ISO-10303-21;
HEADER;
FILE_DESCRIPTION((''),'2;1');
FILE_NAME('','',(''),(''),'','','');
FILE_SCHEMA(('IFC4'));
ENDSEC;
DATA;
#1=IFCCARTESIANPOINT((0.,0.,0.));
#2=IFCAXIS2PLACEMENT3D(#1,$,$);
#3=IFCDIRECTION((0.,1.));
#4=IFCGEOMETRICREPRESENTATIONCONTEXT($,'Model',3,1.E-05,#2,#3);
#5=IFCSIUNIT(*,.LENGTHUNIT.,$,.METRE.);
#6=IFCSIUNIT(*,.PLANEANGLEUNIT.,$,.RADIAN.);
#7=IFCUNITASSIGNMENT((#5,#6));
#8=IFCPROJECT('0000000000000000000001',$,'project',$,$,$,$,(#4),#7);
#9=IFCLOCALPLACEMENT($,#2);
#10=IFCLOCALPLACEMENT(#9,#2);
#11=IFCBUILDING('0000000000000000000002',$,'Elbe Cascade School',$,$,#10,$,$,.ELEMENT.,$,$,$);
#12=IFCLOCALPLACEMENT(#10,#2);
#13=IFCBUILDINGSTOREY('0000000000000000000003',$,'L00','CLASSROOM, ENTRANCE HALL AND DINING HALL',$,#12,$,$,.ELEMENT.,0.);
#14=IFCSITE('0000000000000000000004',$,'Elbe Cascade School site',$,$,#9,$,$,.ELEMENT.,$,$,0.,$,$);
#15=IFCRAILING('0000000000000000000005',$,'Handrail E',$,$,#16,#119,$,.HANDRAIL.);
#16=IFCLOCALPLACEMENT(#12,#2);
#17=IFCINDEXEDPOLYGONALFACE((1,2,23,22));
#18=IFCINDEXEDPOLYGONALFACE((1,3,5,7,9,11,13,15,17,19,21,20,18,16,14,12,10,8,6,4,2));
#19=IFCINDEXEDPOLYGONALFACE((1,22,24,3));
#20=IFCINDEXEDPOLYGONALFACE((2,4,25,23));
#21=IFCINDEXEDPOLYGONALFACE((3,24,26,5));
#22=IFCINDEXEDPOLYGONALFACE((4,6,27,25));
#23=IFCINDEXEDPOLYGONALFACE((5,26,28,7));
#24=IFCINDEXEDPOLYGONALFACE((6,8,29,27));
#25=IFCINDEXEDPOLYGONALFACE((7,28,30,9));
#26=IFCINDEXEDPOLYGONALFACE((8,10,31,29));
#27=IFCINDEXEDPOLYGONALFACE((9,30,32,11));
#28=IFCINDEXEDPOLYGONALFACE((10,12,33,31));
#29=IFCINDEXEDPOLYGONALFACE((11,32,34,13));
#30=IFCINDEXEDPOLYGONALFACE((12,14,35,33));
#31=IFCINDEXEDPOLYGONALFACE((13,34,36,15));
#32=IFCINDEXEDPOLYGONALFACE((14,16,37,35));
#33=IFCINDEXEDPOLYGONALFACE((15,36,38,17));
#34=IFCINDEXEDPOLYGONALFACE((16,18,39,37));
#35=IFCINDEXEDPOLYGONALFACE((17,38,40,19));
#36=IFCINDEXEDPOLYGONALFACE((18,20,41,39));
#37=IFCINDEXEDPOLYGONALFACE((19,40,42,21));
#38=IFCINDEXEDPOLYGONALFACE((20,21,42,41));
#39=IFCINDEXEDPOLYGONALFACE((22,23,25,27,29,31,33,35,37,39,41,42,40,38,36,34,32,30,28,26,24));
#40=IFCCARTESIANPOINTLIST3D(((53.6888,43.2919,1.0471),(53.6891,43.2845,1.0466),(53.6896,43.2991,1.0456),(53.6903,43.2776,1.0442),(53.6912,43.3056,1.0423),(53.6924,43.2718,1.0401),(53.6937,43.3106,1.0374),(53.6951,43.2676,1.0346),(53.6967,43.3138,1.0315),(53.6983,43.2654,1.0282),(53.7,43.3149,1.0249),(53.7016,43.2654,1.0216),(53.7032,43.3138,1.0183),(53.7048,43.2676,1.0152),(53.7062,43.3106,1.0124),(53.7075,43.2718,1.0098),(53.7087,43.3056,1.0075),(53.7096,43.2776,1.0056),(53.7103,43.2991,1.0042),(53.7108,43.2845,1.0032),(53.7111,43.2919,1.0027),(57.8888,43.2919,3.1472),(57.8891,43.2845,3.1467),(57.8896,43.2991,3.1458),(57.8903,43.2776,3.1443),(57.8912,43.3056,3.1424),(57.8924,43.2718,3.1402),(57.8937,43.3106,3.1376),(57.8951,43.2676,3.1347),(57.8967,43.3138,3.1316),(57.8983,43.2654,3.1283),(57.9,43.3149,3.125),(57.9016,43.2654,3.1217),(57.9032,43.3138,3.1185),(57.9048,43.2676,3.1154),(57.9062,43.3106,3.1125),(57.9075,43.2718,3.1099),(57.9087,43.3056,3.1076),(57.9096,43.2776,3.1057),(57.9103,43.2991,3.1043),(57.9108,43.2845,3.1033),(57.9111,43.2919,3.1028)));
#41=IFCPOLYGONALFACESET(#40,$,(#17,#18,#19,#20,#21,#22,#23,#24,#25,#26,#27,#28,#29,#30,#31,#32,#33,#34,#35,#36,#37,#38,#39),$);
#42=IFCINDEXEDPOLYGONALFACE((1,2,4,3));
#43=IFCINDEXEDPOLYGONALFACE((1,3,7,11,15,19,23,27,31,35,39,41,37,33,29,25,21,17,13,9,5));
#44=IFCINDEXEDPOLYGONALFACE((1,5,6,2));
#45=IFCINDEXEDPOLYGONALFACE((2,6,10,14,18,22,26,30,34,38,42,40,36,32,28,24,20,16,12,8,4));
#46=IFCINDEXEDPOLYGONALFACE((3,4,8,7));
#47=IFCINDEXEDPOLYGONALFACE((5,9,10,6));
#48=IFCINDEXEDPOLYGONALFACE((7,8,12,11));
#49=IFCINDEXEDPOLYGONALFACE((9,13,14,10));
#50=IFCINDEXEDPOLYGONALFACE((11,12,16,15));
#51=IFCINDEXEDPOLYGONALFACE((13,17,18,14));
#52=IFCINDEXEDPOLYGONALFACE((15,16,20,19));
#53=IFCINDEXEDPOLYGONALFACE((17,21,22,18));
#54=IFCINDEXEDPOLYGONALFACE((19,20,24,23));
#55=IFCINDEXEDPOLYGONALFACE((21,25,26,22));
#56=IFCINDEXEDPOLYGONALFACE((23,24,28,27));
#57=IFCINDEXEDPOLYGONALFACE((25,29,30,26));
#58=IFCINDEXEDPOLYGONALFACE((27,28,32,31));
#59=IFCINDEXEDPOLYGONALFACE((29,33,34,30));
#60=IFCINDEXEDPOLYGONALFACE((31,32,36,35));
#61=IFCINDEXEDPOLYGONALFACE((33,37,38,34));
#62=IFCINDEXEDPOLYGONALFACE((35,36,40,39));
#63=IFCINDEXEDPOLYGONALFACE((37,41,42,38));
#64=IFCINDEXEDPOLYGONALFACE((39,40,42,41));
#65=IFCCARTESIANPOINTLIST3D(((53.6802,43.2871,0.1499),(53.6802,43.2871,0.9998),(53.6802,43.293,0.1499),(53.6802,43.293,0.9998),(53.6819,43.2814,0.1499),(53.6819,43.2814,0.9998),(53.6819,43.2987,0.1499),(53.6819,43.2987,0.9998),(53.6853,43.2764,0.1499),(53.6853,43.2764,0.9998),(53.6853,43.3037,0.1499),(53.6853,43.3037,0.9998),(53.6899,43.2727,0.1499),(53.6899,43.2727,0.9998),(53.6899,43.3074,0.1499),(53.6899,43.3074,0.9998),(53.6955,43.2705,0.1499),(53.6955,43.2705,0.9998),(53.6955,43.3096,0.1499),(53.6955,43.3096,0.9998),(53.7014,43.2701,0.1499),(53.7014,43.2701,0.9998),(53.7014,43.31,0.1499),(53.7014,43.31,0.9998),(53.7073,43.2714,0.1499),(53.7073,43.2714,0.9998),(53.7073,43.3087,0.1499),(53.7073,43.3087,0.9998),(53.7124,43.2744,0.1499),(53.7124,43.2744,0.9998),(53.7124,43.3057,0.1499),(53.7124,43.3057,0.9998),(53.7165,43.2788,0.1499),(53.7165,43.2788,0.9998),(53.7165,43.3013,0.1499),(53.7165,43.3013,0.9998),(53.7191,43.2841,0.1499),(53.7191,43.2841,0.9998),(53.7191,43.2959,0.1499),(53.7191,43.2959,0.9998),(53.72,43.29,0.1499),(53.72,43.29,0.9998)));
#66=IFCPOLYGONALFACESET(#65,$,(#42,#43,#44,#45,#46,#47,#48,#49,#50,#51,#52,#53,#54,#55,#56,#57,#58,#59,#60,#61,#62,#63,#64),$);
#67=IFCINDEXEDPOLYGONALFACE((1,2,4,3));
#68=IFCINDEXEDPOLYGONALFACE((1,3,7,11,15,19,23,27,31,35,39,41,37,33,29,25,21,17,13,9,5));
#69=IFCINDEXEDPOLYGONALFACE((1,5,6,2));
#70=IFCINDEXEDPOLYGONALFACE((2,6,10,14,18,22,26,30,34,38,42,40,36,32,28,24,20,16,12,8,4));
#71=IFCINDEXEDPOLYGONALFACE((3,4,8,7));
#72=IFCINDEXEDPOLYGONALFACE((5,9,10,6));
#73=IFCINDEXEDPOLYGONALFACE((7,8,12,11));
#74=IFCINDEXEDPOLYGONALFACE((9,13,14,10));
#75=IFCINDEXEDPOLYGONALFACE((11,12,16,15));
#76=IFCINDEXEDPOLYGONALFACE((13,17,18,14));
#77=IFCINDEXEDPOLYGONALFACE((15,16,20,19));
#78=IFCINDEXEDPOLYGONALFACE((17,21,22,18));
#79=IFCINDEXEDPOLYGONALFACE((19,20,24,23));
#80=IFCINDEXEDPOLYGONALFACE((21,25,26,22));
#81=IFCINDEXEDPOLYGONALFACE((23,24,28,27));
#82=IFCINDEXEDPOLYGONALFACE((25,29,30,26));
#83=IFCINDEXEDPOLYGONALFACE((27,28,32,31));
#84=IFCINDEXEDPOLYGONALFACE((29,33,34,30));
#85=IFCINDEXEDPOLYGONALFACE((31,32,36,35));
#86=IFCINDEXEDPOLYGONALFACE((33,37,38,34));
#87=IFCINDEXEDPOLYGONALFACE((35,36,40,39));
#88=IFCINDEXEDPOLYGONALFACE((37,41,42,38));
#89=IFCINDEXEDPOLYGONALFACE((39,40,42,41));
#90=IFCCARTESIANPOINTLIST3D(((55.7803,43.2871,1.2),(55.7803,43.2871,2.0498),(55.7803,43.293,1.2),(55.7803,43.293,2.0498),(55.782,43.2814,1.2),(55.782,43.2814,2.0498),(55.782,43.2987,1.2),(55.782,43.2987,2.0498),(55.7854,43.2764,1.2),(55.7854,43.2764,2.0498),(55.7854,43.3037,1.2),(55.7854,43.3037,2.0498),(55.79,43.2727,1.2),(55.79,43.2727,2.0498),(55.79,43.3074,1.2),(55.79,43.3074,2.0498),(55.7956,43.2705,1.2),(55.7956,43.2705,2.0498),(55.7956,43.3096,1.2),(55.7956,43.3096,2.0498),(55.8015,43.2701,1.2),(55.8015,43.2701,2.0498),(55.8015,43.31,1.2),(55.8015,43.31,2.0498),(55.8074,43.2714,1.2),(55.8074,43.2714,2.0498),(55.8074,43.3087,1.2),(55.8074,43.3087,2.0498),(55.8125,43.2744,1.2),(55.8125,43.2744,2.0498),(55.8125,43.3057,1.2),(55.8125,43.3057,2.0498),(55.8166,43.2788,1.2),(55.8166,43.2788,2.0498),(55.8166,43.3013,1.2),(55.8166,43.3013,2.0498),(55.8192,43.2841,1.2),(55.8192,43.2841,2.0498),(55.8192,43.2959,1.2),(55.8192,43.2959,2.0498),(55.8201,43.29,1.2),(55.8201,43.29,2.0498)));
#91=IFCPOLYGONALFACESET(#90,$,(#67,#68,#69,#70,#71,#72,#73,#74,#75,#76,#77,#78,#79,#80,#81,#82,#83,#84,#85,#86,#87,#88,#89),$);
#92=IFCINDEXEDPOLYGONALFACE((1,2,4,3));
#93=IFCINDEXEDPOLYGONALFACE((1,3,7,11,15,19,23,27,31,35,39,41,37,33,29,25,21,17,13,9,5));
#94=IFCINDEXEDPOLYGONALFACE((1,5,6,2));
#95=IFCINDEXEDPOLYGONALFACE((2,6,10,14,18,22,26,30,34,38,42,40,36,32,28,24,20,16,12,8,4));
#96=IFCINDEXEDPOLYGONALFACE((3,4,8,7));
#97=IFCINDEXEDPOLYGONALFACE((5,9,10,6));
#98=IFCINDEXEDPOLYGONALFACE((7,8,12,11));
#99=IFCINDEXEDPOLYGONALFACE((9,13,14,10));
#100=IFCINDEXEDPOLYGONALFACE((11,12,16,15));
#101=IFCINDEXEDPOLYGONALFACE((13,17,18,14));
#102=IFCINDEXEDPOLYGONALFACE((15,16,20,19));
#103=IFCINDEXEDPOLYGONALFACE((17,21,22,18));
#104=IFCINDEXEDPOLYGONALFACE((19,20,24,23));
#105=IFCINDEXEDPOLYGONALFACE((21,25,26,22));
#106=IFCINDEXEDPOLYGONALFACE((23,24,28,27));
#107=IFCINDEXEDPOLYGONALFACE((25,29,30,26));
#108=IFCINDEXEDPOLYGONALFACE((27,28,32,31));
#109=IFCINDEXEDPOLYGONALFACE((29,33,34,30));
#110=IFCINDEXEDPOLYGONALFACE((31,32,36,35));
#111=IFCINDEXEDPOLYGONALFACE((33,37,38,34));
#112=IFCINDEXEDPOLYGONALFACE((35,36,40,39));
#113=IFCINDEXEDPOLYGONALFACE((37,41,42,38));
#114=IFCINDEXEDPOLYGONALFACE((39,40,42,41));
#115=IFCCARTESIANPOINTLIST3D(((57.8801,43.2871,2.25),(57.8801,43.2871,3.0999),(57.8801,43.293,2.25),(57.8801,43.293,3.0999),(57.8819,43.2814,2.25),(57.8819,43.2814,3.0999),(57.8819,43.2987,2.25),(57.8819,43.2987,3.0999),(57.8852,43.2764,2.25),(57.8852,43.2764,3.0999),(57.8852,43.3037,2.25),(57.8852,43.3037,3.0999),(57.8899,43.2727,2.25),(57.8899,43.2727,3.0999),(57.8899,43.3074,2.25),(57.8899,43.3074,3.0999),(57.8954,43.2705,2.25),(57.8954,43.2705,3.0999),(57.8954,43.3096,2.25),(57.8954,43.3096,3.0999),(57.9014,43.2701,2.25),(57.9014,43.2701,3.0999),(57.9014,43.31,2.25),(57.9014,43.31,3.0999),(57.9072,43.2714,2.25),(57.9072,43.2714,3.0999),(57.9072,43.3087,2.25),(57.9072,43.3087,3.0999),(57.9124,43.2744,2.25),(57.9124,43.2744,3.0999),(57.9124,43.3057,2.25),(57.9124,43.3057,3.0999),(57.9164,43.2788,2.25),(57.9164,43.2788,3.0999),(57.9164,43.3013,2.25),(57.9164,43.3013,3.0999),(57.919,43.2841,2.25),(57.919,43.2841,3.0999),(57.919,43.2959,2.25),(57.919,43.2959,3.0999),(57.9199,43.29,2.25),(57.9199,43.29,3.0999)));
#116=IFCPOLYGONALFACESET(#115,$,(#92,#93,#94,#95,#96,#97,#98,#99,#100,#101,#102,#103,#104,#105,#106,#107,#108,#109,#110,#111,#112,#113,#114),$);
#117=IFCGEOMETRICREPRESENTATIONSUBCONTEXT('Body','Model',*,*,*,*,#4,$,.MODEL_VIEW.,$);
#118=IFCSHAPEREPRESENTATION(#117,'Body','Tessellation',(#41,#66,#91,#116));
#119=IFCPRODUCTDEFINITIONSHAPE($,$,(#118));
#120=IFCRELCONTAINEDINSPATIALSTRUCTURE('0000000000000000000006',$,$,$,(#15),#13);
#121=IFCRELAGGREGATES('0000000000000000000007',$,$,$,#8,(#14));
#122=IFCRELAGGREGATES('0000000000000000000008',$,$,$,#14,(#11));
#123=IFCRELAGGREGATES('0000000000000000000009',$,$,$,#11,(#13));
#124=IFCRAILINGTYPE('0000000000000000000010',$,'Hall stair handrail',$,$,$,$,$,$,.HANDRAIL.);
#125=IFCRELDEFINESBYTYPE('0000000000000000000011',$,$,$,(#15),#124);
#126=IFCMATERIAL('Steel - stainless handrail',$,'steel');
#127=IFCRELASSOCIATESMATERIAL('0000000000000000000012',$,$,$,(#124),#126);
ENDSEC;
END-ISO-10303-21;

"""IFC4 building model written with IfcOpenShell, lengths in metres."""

from ifc_helpers import new_model, si_unit, direction, frame, origin, origin_2d, place, context, subcontext, project, spatial, circle, extrude, material, type_object, element, save


model = new_model("IFC4")

# Units and contexts
model_context = context("Model", 3, precision=1e-05, world=origin(), true_north=direction((0.0, 1.0)))
body_context = subcontext(model_context, "Body", "Model", "MODEL_VIEW")
ifc_project = project(units=[si_unit("LENGTHUNIT", "METRE"), si_unit("PLANEANGLEUNIT", "RADIAN")], contexts=[model_context])

# Site, building, storey
site_placement = place(None, origin())
site = spatial("IfcSite", under=ifc_project, at=site_placement, Name="Elbe Cascade School site", CompositionType="ELEMENT", RefElevation=0.0)
building_placement = place(site_placement, origin())
building = spatial("IfcBuilding", under=site, at=building_placement, Name="Elbe Cascade School", CompositionType="ELEMENT")
storey_placement = place(building_placement, origin())
storey = spatial("IfcBuildingStorey", under=building, at=storey_placement, Name="L00", Description="CLASSROOM, ENTRANCE HALL AND DINING HALL", CompositionType="ELEMENT", Elevation=0.0)

# Railing
ifc_material_1 = material(Name="Steel - stainless handrail", Category="steel")
railing_type = type_object("IfcRailingType", Name="Hall stair handrail", PredefinedType="HANDRAIL", material=ifc_material_1)
for number, where, name in (
    (1, (53.7, 43.29, 0.1499), "Handrail E"),
):
    element("IfcRailing", number, at=place(storey_placement, frame(where)), inside=storey, type_object=railing_type, Name=name, PredefinedType="HANDRAIL", context=body_context, shape_type="SweptSolid", body=[
        extrude(circle(Radius=0.0249, at=origin_2d()), frame((0.0, 0.0, 0.875), z_axis=(0.894417, 0.0, 0.447234), x_axis=(0.0, 1.0, 0.0)), (0.0, 0.0, 1.0), 4.6958),
        extrude(circle(Radius=0.02, at=origin_2d()), origin(), (0.0, 0.0, 1.0), 0.8499),
        extrude(circle(Radius=0.02, at=origin_2d()), frame((2.1001, 0.0, 1.05)), (0.0, 0.0, 1.0), 0.8499),
        extrude(circle(Radius=0.02, at=origin_2d()), frame((4.2, 0.0, 2.1001)), (0.0, 0.0, 1.0), 0.8499),
    ])

save(model, "model.ifc")
